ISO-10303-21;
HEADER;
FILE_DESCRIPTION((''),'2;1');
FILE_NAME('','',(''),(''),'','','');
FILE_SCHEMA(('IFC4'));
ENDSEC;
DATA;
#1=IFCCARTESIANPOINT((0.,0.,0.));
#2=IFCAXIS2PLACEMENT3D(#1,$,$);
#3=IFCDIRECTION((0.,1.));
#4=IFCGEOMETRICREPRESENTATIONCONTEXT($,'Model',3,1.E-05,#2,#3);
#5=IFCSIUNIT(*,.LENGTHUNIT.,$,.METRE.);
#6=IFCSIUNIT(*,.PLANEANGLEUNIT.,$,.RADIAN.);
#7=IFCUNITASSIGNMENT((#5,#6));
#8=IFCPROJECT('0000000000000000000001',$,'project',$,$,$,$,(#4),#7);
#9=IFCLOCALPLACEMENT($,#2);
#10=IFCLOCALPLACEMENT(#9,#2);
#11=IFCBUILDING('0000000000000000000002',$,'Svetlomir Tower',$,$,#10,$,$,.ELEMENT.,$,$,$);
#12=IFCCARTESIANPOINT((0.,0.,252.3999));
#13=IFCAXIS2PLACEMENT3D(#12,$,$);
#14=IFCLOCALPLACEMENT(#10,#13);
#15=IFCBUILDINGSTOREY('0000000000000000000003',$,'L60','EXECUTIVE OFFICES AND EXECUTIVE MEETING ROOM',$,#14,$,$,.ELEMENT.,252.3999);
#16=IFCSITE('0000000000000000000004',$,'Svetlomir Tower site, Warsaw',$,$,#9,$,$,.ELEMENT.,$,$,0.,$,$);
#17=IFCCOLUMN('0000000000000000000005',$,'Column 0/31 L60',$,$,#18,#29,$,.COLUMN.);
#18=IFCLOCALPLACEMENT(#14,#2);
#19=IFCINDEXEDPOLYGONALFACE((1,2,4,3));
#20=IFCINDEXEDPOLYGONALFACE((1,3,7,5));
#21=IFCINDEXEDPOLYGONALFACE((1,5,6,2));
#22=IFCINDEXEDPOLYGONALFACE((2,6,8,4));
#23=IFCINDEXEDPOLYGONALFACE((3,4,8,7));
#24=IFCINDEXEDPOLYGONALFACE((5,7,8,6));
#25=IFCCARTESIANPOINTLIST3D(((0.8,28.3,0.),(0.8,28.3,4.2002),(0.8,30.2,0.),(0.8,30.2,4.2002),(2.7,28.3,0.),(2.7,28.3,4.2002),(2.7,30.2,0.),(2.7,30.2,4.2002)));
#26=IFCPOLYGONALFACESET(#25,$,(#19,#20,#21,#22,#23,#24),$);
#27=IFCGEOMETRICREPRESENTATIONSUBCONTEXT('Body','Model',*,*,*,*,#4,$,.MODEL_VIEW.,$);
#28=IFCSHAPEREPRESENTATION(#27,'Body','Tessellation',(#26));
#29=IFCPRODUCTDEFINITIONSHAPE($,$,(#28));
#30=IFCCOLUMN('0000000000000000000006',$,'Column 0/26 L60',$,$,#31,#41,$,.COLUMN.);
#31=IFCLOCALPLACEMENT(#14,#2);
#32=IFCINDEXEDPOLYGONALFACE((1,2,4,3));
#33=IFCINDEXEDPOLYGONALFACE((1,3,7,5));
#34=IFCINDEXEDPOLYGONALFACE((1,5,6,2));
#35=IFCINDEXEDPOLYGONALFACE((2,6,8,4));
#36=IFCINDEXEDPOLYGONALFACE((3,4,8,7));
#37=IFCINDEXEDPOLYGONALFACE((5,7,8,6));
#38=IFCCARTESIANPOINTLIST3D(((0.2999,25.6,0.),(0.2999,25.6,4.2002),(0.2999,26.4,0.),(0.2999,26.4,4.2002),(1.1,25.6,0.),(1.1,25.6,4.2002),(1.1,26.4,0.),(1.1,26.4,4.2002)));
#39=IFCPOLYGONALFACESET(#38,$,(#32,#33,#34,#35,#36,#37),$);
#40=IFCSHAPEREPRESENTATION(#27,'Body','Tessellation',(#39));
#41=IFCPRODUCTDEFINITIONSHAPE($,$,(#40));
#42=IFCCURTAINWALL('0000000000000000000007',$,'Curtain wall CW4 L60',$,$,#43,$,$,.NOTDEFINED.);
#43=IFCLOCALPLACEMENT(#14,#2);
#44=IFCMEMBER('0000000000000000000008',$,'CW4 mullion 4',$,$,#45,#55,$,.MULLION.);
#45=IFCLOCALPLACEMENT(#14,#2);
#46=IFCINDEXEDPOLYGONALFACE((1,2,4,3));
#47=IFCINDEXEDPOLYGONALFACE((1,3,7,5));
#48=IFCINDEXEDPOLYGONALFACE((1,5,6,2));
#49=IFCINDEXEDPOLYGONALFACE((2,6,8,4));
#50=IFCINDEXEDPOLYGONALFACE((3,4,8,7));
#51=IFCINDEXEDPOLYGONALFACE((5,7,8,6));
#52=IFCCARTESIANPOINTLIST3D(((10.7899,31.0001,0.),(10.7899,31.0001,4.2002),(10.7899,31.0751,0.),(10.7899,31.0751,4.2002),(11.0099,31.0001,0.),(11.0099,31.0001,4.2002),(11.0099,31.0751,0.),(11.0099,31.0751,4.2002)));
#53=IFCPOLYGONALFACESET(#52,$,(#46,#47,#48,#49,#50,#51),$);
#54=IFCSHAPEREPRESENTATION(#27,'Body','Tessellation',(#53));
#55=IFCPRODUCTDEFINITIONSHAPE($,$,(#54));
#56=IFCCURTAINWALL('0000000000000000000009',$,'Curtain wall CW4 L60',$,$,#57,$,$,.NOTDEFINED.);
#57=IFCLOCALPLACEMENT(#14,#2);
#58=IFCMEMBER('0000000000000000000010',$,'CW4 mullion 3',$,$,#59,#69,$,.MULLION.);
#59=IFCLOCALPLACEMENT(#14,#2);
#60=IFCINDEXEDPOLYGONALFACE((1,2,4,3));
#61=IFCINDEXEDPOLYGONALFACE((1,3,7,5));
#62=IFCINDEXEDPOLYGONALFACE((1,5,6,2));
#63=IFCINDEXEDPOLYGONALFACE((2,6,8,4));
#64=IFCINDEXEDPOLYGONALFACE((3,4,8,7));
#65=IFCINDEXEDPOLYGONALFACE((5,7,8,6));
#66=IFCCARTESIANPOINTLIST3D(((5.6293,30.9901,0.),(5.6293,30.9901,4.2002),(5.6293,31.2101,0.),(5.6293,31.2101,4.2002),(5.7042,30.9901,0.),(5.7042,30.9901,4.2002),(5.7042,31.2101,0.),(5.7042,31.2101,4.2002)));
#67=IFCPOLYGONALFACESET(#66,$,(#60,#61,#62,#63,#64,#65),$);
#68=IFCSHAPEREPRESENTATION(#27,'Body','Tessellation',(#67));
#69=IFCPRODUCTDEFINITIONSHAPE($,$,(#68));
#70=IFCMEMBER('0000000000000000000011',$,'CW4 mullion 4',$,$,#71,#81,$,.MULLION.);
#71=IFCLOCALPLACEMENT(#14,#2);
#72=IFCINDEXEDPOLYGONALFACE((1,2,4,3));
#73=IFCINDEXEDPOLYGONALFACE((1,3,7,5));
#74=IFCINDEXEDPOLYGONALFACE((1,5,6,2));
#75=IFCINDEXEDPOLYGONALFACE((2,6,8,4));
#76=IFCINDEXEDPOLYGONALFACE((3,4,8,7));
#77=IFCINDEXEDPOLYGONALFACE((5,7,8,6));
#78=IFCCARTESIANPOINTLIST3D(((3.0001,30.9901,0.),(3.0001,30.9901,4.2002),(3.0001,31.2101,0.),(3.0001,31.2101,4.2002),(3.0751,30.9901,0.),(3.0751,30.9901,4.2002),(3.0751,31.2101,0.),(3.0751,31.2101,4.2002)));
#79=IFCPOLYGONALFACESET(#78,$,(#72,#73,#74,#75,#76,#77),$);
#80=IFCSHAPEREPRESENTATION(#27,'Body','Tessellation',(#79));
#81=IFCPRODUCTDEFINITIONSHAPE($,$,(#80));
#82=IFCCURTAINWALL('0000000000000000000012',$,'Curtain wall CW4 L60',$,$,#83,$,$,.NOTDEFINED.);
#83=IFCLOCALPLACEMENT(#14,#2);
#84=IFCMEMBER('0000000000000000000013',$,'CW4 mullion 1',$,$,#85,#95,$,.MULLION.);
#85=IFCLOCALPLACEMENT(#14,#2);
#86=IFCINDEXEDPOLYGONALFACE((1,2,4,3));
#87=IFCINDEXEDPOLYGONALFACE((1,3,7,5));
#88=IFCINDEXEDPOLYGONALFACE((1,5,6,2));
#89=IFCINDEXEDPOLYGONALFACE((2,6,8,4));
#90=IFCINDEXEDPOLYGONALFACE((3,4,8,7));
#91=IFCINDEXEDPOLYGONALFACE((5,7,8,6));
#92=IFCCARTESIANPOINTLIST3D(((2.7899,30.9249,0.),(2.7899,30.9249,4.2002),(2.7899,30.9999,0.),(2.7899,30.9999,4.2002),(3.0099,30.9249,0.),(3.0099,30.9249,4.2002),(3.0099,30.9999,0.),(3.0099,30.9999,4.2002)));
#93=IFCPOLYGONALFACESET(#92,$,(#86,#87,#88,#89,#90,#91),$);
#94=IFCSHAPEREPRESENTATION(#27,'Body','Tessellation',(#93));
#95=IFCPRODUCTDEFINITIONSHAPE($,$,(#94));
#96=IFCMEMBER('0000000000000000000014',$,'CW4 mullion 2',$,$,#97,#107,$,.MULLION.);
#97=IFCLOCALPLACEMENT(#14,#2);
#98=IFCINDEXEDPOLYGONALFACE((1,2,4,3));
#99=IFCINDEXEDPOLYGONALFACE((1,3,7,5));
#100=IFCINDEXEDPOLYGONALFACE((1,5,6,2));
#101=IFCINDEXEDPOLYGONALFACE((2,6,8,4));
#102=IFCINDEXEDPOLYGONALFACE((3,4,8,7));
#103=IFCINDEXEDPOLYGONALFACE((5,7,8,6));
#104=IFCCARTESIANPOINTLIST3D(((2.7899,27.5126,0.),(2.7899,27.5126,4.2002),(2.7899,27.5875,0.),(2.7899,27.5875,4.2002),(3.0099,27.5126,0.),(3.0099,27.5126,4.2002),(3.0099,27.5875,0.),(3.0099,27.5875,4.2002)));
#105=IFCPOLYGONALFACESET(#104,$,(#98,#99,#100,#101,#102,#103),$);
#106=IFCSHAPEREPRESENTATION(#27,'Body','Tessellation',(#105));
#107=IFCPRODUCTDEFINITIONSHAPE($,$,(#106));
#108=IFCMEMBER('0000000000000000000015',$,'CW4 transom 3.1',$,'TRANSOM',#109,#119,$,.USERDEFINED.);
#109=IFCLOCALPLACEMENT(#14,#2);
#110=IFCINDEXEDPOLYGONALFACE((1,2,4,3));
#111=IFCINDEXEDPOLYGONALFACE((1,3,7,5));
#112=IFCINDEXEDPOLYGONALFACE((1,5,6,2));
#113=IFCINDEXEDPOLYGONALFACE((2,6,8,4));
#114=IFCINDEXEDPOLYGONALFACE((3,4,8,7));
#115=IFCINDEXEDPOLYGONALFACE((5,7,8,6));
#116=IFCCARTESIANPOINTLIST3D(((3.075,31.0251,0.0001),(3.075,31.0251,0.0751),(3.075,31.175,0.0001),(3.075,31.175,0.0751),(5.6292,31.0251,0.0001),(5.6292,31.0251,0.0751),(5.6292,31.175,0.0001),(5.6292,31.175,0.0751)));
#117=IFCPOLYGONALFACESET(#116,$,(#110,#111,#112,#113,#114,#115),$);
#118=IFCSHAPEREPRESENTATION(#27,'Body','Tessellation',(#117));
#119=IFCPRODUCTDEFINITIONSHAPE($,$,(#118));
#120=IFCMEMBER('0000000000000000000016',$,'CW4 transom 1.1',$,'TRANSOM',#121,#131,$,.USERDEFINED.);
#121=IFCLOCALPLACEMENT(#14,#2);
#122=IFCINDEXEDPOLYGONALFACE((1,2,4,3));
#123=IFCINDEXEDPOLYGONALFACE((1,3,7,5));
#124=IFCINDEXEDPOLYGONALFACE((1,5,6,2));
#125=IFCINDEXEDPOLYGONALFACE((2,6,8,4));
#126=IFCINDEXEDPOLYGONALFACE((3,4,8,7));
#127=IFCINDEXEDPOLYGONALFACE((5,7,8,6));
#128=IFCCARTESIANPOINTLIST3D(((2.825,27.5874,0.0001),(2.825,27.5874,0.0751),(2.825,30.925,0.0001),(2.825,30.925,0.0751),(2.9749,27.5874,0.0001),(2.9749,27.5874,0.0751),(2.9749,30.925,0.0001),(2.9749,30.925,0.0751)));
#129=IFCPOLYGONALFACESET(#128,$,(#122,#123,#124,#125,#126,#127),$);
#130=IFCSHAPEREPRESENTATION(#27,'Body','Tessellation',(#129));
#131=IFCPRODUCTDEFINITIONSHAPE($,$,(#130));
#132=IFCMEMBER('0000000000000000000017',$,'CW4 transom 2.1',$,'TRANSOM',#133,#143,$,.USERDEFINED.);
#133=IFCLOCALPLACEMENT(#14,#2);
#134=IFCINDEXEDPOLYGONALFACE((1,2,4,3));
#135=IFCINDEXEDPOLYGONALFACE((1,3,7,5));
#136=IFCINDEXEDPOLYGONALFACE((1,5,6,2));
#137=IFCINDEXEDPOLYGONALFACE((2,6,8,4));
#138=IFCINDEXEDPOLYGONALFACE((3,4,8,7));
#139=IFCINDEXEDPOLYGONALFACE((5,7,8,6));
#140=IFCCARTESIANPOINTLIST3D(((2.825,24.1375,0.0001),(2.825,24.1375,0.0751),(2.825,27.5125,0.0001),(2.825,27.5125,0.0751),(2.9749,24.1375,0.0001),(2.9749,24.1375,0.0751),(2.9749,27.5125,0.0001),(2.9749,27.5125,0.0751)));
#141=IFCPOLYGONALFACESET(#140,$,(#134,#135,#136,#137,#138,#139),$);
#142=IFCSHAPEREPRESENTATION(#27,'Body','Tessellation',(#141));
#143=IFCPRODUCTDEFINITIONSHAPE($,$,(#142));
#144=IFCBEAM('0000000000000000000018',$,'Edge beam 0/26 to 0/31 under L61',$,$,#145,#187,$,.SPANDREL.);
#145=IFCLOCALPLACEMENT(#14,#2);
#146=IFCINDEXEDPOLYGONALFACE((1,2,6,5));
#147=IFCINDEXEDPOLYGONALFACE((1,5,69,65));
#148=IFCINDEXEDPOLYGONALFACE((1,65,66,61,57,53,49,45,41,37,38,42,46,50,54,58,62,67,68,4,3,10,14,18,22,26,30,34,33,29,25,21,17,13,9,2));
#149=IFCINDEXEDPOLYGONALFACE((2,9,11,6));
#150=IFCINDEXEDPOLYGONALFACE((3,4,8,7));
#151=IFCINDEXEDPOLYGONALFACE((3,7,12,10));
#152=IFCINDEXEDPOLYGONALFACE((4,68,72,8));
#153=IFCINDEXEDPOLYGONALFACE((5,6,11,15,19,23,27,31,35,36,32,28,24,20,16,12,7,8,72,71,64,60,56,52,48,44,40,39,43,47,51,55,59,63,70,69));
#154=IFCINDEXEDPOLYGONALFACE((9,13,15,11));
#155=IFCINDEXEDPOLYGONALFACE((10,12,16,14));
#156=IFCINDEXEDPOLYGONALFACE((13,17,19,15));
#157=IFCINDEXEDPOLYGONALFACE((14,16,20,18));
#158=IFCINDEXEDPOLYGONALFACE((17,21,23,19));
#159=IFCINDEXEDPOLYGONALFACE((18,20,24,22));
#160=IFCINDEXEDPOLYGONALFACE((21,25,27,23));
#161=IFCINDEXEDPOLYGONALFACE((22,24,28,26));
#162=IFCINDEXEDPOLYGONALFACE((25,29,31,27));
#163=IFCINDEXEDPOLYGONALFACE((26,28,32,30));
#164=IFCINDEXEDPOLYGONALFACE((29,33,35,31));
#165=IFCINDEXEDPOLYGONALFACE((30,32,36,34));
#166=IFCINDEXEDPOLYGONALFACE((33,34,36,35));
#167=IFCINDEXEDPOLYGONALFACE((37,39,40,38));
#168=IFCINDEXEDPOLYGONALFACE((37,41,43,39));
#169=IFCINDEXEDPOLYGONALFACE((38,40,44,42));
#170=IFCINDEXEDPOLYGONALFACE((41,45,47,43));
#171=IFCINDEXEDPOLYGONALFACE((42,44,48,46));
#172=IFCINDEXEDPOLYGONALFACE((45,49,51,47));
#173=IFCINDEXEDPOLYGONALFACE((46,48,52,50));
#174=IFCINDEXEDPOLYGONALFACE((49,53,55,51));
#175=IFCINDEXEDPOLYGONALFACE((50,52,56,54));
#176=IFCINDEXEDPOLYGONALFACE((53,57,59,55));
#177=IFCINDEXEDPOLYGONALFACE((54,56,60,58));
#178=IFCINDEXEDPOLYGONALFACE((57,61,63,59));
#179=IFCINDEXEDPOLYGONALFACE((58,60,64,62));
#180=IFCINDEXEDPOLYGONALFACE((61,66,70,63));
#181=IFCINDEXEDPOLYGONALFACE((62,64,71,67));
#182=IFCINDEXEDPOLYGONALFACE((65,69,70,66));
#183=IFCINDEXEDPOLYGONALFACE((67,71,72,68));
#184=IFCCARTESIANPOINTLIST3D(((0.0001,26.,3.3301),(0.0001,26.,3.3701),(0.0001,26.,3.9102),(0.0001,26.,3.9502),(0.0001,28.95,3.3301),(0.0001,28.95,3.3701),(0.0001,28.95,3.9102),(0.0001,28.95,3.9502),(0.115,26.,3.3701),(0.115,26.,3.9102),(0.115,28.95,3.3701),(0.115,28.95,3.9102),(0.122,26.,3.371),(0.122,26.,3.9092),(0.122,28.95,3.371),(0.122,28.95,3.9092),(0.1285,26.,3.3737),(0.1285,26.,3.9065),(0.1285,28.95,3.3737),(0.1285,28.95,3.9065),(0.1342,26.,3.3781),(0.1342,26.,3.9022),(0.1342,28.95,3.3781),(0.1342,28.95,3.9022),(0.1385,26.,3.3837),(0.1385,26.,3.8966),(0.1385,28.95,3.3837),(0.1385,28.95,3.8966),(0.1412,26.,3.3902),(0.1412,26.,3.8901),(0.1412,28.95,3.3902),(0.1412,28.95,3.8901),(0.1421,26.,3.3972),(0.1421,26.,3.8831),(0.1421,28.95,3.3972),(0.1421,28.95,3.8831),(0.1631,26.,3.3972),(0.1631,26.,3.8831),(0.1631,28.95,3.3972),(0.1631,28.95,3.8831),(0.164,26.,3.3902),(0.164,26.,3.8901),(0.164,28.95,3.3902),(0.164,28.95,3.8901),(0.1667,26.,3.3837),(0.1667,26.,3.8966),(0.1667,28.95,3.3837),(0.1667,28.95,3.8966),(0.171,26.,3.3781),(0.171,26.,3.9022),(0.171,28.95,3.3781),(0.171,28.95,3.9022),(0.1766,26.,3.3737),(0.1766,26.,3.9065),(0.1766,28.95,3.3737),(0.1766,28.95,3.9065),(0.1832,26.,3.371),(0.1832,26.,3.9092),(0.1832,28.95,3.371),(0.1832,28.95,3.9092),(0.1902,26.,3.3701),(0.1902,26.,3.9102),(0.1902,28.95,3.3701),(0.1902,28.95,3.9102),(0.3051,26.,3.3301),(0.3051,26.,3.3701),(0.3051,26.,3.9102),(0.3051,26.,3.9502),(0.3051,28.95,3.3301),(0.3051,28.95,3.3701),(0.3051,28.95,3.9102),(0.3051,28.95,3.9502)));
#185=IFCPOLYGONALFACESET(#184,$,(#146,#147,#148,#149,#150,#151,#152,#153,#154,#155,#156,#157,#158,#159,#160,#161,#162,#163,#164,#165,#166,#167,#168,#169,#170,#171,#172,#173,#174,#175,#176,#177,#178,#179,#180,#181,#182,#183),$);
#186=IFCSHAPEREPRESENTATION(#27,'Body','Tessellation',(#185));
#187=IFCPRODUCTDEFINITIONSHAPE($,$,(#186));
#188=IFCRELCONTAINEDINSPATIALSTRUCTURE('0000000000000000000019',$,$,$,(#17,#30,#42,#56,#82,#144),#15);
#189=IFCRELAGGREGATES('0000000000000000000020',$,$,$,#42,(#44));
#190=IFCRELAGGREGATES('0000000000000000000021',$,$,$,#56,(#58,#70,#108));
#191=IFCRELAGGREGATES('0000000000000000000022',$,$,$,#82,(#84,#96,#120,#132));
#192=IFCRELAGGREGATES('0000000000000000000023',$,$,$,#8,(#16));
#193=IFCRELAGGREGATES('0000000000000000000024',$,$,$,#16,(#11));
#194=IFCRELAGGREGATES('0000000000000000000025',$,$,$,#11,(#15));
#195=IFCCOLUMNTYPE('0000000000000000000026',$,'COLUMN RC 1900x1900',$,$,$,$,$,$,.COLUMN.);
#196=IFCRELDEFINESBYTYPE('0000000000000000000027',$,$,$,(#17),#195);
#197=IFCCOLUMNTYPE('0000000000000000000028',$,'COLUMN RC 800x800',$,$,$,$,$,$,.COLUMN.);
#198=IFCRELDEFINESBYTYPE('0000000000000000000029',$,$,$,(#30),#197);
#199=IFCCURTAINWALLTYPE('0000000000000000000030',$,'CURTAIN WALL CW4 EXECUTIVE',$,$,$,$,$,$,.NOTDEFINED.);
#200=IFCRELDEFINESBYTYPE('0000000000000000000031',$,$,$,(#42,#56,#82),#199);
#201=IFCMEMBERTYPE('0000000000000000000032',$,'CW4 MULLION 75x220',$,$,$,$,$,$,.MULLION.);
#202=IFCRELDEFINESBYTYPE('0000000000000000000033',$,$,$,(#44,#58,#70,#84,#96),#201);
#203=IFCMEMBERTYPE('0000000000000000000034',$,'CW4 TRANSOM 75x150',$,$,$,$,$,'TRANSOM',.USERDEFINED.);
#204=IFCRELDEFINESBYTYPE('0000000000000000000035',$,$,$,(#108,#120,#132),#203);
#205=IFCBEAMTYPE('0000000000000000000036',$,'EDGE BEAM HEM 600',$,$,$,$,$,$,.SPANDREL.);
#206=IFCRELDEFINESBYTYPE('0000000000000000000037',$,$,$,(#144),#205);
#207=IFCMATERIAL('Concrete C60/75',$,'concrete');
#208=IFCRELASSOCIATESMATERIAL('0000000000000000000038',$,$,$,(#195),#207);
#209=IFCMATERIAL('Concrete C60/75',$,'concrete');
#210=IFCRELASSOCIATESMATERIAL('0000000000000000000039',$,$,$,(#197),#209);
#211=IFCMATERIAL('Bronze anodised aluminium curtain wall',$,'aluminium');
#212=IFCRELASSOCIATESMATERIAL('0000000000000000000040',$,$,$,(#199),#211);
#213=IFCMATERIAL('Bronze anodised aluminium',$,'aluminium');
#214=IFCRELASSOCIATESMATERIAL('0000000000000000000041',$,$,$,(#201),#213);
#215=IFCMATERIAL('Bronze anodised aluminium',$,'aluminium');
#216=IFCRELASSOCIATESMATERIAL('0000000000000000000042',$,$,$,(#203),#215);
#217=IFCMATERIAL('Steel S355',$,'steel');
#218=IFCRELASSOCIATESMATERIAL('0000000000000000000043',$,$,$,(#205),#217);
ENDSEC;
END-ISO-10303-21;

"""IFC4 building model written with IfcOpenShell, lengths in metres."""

from ifc_helpers import new_model, si_unit, direction, frame, origin, origin_2d, place, context, subcontext, project, spatial, rectangle, i_section, extrude, material, material_profile, profile_set, type_object, element, aggregate, save


model = new_model("IFC4")

# Units and contexts
model_context = context("Model", 3, precision=1e-05, world=origin(), true_north=direction((0.0, 1.0)))
body_context = subcontext(model_context, "Body", "Model", "MODEL_VIEW")
ifc_project = project(units=[si_unit("LENGTHUNIT", "METRE"), si_unit("PLANEANGLEUNIT", "RADIAN")], contexts=[model_context])

# Site, building, storey
site_placement = place(None, origin())
site = spatial("IfcSite", under=ifc_project, at=site_placement, Name="Svetlomir Tower site, Warsaw", CompositionType="ELEMENT", RefElevation=0.0)
building_placement = place(site_placement, origin())
building = spatial("IfcBuilding", under=site, at=building_placement, Name="Svetlomir Tower", CompositionType="ELEMENT")
storey_placement = place(building_placement, frame((0.0, 0.0, 252.3999)))
storey = spatial("IfcBuildingStorey", under=building, at=storey_placement, Name="L60", Description="EXECUTIVE OFFICES AND EXECUTIVE MEETING ROOM", CompositionType="ELEMENT", Elevation=252.3999)

# Columns
ifc_material_1 = material(Name="Concrete C60/75", Category="concrete")
ifc_material_profile_1 = material_profile(ifc_material_1, rectangle(XDim=1.8999, YDim=1.8999, at=origin_2d()), Name="RC 1900x1900")
ifc_profile_set_1 = profile_set([ifc_material_profile_1], Name="Concrete C60/75")
column_type_1 = type_object("IfcColumnType", Name="COLUMN RC 1900x1900", PredefinedType="COLUMN", material=ifc_profile_set_1)
column_1_placement = place(storey_placement, frame((1.75, 29.25, 0.0), z_axis=(0.0, 0.0, 1.0), x_axis=(1.0, 0.0, 0.0)))
element("IfcColumn", 1, at=column_1_placement, inside=storey, type_object=column_type_1, Name="Column 0/31 L60", PredefinedType="COLUMN", context=body_context, shape_type="SweptSolid", body=[
    extrude(rectangle(XDim=1.8999, YDim=1.8999, at=origin_2d()), origin(), (0.0, 0.0, 1.0), 4.2002),
])
ifc_material_2 = material(Name="Concrete C60/75", Category="concrete")
ifc_material_profile_2 = material_profile(ifc_material_2, rectangle(XDim=0.8, YDim=0.8, at=origin_2d()), Name="RC 800x800")
ifc_profile_set_2 = profile_set([ifc_material_profile_2], Name="Concrete C60/75")
column_type_2 = type_object("IfcColumnType", Name="COLUMN RC 800x800", PredefinedType="COLUMN", material=ifc_profile_set_2)
column_2_placement = place(storey_placement, frame((0.7, 26.0, 0.0), z_axis=(0.0, 0.0, 1.0), x_axis=(1.0, 0.0, 0.0)))
element("IfcColumn", 2, at=column_2_placement, inside=storey, type_object=column_type_2, Name="Column 0/26 L60", PredefinedType="COLUMN", context=body_context, shape_type="SweptSolid", body=[
    extrude(rectangle(XDim=0.8, YDim=0.8, at=origin_2d()), origin(), (0.0, 0.0, 1.0), 4.2002),
])

# Curtain wall, member
ifc_material_3 = material(Name="Bronze anodised aluminium curtain wall", Category="aluminium")
curtain_wall_type = type_object("IfcCurtainWallType", Name="CURTAIN WALL CW4 EXECUTIVE", PredefinedType="NOTDEFINED", material=ifc_material_3)
curtain_wall_1_placement = place(storey_placement, origin())
curtain_wall_1 = element("IfcCurtainWall", 3, at=curtain_wall_1_placement, inside=storey, type_object=curtain_wall_type, Name="Curtain wall CW4 L60", PredefinedType="NOTDEFINED")
ifc_material_4 = material(Name="Bronze anodised aluminium", Category="aluminium")
ifc_material_profile_3 = material_profile(ifc_material_4, rectangle(XDim=0.075, YDim=0.22, at=origin_2d()), Name="AL 75x220")
ifc_profile_set_3 = profile_set([ifc_material_profile_3], Name="Bronze anodised aluminium 6063-T6")
member_type_1 = type_object("IfcMemberType", Name="CW4 MULLION 75x220", PredefinedType="MULLION", material=ifc_profile_set_3)
member_1_placement = place(storey_placement, frame((10.8999, 31.0376, 0.0), z_axis=(0.0, 0.0, 1.0), x_axis=(0.0, -1.0, 0.0)))
member_1 = element("IfcMember", 4, at=member_1_placement, type_object=member_type_1, Name="CW4 mullion 4", PredefinedType="MULLION", context=body_context, shape_type="SweptSolid", body=[
    extrude(rectangle(XDim=0.075, YDim=0.22, at=origin_2d()), origin(), (0.0, 0.0, 1.0), 4.2002),
])
aggregate(curtain_wall_1, [member_1])

# Curtain walls, members
curtain_wall_2_placement = place(storey_placement, origin())
curtain_wall_2 = element("IfcCurtainWall", 5, at=curtain_wall_2_placement, inside=storey, type_object=curtain_wall_type, Name="Curtain wall CW4 L60", PredefinedType="NOTDEFINED")
member_2_placement = place(storey_placement, frame((5.6667, 31.1001, 0.0), z_axis=(0.0, 0.0, 1.0), x_axis=(-1.0, 0.0, 0.0)))
member_2 = element("IfcMember", 6, at=member_2_placement, type_object=member_type_1, Name="CW4 mullion 3", PredefinedType="MULLION", context=body_context, shape_type="SweptSolid", body=[
    extrude(rectangle(XDim=0.075, YDim=0.22, at=origin_2d()), origin(), (0.0, 0.0, 1.0), 4.2002),
])
member_3_placement = place(storey_placement, frame((3.0376, 31.1001, 0.0), z_axis=(0.0, 0.0, 1.0), x_axis=(-1.0, 0.0, 0.0)))
member_3 = element("IfcMember", 7, at=member_3_placement, type_object=member_type_1, Name="CW4 mullion 4", PredefinedType="MULLION", context=body_context, shape_type="SweptSolid", body=[
    extrude(rectangle(XDim=0.075, YDim=0.22, at=origin_2d()), origin(), (0.0, 0.0, 1.0), 4.2002),
])
curtain_wall_3_placement = place(storey_placement, origin())
curtain_wall_3 = element("IfcCurtainWall", 8, at=curtain_wall_3_placement, inside=storey, type_object=curtain_wall_type, Name="Curtain wall CW4 L60", PredefinedType="NOTDEFINED")
member_4_placement = place(storey_placement, frame((2.8999, 30.9624, 0.0), z_axis=(0.0, 0.0, 1.0), x_axis=(0.0, -1.0, 0.0)))
member_4 = element("IfcMember", 9, at=member_4_placement, type_object=member_type_1, Name="CW4 mullion 1", PredefinedType="MULLION", context=body_context, shape_type="SweptSolid", body=[
    extrude(rectangle(XDim=0.075, YDim=0.22, at=origin_2d()), origin(), (0.0, 0.0, 1.0), 4.2002),
])
member_5_placement = place(storey_placement, frame((2.8999, 27.55, 0.0), z_axis=(0.0, 0.0, 1.0), x_axis=(0.0, -1.0, 0.0)))
member_5 = element("IfcMember", 10, at=member_5_placement, type_object=member_type_1, Name="CW4 mullion 2", PredefinedType="MULLION", context=body_context, shape_type="SweptSolid", body=[
    extrude(rectangle(XDim=0.075, YDim=0.22, at=origin_2d()), origin(), (0.0, 0.0, 1.0), 4.2002),
])

# Members
ifc_material_5 = material(Name="Bronze anodised aluminium", Category="aluminium")
ifc_material_profile_4 = material_profile(ifc_material_5, rectangle(XDim=0.1499, YDim=0.075, at=origin_2d()), Name="AL 150x75")
ifc_profile_set_4 = profile_set([ifc_material_profile_4], Name="Bronze anodised aluminium 6063-T6")
member_type_2 = type_object("IfcMemberType", Name="CW4 TRANSOM 75x150", ElementType="TRANSOM", PredefinedType="USERDEFINED", material=ifc_profile_set_4)
member_6_placement = place(storey_placement, frame((5.6292, 31.1001, 0.0376), z_axis=(-1.0, 0.0, 0.0), x_axis=(0.0, -1.0, 0.0)))
member_6 = element("IfcMember", 11, at=member_6_placement, type_object=member_type_2, Name="CW4 transom 3.1", ObjectType="TRANSOM", PredefinedType="USERDEFINED", context=body_context, shape_type="SweptSolid", body=[
    extrude(rectangle(XDim=0.1499, YDim=0.075, at=origin_2d()), origin(), (0.0, 0.0, 1.0), 2.5542),
])
member_7_placement = place(storey_placement, frame((2.8999, 30.925, 0.0376), z_axis=(0.0, -1.0, 0.0), x_axis=(1.0, 0.0, 0.0)))
member_7 = element("IfcMember", 12, at=member_7_placement, type_object=member_type_2, Name="CW4 transom 1.1", ObjectType="TRANSOM", PredefinedType="USERDEFINED", context=body_context, shape_type="SweptSolid", body=[
    extrude(rectangle(XDim=0.1499, YDim=0.075, at=origin_2d()), origin(), (0.0, 0.0, 1.0), 3.3376),
])
member_8_placement = place(storey_placement, frame((2.8999, 27.5125, 0.0376), z_axis=(0.0, -1.0, 0.0), x_axis=(1.0, 0.0, 0.0)))
member_8 = element("IfcMember", 13, at=member_8_placement, type_object=member_type_2, Name="CW4 transom 2.1", ObjectType="TRANSOM", PredefinedType="USERDEFINED", context=body_context, shape_type="SweptSolid", body=[
    extrude(rectangle(XDim=0.1499, YDim=0.075, at=origin_2d()), origin(), (0.0, 0.0, 1.0), 3.375),
])

# Beam
ifc_material_6 = material(Name="Steel S355", Category="steel")
ifc_material_profile_5 = material_profile(ifc_material_6, i_section(OverallWidth=0.3049, OverallDepth=0.6201, WebThickness=0.021, FlangeThickness=0.04, FilletRadius=0.0271, at=origin_2d()), Name="HEM 600")
ifc_profile_set_5 = profile_set([ifc_material_profile_5], Name="Steel S355")
beam_type_1 = type_object("IfcBeamType", Name="EDGE BEAM HEM 600", PredefinedType="SPANDREL", material=ifc_profile_set_5)
beam_1_placement = place(storey_placement, frame((0.1526, 26.0, 3.6401), z_axis=(0.0, 1.0, 0.0), x_axis=(-1.0, 0.0, 0.0)))
element("IfcBeam", 14, at=beam_1_placement, inside=storey, type_object=beam_type_1, Name="Edge beam 0/26 to 0/31 under L61", PredefinedType="SPANDREL", context=body_context, shape_type="SweptSolid", body=[
    extrude(i_section(OverallWidth=0.3049, OverallDepth=0.6201, WebThickness=0.021, FlangeThickness=0.04, FilletRadius=0.0271, at=origin_2d()), origin(), (0.0, 0.0, 1.0), 2.95),
])

aggregate(curtain_wall_2, [member_2, member_3, member_6])
aggregate(curtain_wall_3, [member_4, member_5, member_7, member_8])

save(model, "model.ifc")
